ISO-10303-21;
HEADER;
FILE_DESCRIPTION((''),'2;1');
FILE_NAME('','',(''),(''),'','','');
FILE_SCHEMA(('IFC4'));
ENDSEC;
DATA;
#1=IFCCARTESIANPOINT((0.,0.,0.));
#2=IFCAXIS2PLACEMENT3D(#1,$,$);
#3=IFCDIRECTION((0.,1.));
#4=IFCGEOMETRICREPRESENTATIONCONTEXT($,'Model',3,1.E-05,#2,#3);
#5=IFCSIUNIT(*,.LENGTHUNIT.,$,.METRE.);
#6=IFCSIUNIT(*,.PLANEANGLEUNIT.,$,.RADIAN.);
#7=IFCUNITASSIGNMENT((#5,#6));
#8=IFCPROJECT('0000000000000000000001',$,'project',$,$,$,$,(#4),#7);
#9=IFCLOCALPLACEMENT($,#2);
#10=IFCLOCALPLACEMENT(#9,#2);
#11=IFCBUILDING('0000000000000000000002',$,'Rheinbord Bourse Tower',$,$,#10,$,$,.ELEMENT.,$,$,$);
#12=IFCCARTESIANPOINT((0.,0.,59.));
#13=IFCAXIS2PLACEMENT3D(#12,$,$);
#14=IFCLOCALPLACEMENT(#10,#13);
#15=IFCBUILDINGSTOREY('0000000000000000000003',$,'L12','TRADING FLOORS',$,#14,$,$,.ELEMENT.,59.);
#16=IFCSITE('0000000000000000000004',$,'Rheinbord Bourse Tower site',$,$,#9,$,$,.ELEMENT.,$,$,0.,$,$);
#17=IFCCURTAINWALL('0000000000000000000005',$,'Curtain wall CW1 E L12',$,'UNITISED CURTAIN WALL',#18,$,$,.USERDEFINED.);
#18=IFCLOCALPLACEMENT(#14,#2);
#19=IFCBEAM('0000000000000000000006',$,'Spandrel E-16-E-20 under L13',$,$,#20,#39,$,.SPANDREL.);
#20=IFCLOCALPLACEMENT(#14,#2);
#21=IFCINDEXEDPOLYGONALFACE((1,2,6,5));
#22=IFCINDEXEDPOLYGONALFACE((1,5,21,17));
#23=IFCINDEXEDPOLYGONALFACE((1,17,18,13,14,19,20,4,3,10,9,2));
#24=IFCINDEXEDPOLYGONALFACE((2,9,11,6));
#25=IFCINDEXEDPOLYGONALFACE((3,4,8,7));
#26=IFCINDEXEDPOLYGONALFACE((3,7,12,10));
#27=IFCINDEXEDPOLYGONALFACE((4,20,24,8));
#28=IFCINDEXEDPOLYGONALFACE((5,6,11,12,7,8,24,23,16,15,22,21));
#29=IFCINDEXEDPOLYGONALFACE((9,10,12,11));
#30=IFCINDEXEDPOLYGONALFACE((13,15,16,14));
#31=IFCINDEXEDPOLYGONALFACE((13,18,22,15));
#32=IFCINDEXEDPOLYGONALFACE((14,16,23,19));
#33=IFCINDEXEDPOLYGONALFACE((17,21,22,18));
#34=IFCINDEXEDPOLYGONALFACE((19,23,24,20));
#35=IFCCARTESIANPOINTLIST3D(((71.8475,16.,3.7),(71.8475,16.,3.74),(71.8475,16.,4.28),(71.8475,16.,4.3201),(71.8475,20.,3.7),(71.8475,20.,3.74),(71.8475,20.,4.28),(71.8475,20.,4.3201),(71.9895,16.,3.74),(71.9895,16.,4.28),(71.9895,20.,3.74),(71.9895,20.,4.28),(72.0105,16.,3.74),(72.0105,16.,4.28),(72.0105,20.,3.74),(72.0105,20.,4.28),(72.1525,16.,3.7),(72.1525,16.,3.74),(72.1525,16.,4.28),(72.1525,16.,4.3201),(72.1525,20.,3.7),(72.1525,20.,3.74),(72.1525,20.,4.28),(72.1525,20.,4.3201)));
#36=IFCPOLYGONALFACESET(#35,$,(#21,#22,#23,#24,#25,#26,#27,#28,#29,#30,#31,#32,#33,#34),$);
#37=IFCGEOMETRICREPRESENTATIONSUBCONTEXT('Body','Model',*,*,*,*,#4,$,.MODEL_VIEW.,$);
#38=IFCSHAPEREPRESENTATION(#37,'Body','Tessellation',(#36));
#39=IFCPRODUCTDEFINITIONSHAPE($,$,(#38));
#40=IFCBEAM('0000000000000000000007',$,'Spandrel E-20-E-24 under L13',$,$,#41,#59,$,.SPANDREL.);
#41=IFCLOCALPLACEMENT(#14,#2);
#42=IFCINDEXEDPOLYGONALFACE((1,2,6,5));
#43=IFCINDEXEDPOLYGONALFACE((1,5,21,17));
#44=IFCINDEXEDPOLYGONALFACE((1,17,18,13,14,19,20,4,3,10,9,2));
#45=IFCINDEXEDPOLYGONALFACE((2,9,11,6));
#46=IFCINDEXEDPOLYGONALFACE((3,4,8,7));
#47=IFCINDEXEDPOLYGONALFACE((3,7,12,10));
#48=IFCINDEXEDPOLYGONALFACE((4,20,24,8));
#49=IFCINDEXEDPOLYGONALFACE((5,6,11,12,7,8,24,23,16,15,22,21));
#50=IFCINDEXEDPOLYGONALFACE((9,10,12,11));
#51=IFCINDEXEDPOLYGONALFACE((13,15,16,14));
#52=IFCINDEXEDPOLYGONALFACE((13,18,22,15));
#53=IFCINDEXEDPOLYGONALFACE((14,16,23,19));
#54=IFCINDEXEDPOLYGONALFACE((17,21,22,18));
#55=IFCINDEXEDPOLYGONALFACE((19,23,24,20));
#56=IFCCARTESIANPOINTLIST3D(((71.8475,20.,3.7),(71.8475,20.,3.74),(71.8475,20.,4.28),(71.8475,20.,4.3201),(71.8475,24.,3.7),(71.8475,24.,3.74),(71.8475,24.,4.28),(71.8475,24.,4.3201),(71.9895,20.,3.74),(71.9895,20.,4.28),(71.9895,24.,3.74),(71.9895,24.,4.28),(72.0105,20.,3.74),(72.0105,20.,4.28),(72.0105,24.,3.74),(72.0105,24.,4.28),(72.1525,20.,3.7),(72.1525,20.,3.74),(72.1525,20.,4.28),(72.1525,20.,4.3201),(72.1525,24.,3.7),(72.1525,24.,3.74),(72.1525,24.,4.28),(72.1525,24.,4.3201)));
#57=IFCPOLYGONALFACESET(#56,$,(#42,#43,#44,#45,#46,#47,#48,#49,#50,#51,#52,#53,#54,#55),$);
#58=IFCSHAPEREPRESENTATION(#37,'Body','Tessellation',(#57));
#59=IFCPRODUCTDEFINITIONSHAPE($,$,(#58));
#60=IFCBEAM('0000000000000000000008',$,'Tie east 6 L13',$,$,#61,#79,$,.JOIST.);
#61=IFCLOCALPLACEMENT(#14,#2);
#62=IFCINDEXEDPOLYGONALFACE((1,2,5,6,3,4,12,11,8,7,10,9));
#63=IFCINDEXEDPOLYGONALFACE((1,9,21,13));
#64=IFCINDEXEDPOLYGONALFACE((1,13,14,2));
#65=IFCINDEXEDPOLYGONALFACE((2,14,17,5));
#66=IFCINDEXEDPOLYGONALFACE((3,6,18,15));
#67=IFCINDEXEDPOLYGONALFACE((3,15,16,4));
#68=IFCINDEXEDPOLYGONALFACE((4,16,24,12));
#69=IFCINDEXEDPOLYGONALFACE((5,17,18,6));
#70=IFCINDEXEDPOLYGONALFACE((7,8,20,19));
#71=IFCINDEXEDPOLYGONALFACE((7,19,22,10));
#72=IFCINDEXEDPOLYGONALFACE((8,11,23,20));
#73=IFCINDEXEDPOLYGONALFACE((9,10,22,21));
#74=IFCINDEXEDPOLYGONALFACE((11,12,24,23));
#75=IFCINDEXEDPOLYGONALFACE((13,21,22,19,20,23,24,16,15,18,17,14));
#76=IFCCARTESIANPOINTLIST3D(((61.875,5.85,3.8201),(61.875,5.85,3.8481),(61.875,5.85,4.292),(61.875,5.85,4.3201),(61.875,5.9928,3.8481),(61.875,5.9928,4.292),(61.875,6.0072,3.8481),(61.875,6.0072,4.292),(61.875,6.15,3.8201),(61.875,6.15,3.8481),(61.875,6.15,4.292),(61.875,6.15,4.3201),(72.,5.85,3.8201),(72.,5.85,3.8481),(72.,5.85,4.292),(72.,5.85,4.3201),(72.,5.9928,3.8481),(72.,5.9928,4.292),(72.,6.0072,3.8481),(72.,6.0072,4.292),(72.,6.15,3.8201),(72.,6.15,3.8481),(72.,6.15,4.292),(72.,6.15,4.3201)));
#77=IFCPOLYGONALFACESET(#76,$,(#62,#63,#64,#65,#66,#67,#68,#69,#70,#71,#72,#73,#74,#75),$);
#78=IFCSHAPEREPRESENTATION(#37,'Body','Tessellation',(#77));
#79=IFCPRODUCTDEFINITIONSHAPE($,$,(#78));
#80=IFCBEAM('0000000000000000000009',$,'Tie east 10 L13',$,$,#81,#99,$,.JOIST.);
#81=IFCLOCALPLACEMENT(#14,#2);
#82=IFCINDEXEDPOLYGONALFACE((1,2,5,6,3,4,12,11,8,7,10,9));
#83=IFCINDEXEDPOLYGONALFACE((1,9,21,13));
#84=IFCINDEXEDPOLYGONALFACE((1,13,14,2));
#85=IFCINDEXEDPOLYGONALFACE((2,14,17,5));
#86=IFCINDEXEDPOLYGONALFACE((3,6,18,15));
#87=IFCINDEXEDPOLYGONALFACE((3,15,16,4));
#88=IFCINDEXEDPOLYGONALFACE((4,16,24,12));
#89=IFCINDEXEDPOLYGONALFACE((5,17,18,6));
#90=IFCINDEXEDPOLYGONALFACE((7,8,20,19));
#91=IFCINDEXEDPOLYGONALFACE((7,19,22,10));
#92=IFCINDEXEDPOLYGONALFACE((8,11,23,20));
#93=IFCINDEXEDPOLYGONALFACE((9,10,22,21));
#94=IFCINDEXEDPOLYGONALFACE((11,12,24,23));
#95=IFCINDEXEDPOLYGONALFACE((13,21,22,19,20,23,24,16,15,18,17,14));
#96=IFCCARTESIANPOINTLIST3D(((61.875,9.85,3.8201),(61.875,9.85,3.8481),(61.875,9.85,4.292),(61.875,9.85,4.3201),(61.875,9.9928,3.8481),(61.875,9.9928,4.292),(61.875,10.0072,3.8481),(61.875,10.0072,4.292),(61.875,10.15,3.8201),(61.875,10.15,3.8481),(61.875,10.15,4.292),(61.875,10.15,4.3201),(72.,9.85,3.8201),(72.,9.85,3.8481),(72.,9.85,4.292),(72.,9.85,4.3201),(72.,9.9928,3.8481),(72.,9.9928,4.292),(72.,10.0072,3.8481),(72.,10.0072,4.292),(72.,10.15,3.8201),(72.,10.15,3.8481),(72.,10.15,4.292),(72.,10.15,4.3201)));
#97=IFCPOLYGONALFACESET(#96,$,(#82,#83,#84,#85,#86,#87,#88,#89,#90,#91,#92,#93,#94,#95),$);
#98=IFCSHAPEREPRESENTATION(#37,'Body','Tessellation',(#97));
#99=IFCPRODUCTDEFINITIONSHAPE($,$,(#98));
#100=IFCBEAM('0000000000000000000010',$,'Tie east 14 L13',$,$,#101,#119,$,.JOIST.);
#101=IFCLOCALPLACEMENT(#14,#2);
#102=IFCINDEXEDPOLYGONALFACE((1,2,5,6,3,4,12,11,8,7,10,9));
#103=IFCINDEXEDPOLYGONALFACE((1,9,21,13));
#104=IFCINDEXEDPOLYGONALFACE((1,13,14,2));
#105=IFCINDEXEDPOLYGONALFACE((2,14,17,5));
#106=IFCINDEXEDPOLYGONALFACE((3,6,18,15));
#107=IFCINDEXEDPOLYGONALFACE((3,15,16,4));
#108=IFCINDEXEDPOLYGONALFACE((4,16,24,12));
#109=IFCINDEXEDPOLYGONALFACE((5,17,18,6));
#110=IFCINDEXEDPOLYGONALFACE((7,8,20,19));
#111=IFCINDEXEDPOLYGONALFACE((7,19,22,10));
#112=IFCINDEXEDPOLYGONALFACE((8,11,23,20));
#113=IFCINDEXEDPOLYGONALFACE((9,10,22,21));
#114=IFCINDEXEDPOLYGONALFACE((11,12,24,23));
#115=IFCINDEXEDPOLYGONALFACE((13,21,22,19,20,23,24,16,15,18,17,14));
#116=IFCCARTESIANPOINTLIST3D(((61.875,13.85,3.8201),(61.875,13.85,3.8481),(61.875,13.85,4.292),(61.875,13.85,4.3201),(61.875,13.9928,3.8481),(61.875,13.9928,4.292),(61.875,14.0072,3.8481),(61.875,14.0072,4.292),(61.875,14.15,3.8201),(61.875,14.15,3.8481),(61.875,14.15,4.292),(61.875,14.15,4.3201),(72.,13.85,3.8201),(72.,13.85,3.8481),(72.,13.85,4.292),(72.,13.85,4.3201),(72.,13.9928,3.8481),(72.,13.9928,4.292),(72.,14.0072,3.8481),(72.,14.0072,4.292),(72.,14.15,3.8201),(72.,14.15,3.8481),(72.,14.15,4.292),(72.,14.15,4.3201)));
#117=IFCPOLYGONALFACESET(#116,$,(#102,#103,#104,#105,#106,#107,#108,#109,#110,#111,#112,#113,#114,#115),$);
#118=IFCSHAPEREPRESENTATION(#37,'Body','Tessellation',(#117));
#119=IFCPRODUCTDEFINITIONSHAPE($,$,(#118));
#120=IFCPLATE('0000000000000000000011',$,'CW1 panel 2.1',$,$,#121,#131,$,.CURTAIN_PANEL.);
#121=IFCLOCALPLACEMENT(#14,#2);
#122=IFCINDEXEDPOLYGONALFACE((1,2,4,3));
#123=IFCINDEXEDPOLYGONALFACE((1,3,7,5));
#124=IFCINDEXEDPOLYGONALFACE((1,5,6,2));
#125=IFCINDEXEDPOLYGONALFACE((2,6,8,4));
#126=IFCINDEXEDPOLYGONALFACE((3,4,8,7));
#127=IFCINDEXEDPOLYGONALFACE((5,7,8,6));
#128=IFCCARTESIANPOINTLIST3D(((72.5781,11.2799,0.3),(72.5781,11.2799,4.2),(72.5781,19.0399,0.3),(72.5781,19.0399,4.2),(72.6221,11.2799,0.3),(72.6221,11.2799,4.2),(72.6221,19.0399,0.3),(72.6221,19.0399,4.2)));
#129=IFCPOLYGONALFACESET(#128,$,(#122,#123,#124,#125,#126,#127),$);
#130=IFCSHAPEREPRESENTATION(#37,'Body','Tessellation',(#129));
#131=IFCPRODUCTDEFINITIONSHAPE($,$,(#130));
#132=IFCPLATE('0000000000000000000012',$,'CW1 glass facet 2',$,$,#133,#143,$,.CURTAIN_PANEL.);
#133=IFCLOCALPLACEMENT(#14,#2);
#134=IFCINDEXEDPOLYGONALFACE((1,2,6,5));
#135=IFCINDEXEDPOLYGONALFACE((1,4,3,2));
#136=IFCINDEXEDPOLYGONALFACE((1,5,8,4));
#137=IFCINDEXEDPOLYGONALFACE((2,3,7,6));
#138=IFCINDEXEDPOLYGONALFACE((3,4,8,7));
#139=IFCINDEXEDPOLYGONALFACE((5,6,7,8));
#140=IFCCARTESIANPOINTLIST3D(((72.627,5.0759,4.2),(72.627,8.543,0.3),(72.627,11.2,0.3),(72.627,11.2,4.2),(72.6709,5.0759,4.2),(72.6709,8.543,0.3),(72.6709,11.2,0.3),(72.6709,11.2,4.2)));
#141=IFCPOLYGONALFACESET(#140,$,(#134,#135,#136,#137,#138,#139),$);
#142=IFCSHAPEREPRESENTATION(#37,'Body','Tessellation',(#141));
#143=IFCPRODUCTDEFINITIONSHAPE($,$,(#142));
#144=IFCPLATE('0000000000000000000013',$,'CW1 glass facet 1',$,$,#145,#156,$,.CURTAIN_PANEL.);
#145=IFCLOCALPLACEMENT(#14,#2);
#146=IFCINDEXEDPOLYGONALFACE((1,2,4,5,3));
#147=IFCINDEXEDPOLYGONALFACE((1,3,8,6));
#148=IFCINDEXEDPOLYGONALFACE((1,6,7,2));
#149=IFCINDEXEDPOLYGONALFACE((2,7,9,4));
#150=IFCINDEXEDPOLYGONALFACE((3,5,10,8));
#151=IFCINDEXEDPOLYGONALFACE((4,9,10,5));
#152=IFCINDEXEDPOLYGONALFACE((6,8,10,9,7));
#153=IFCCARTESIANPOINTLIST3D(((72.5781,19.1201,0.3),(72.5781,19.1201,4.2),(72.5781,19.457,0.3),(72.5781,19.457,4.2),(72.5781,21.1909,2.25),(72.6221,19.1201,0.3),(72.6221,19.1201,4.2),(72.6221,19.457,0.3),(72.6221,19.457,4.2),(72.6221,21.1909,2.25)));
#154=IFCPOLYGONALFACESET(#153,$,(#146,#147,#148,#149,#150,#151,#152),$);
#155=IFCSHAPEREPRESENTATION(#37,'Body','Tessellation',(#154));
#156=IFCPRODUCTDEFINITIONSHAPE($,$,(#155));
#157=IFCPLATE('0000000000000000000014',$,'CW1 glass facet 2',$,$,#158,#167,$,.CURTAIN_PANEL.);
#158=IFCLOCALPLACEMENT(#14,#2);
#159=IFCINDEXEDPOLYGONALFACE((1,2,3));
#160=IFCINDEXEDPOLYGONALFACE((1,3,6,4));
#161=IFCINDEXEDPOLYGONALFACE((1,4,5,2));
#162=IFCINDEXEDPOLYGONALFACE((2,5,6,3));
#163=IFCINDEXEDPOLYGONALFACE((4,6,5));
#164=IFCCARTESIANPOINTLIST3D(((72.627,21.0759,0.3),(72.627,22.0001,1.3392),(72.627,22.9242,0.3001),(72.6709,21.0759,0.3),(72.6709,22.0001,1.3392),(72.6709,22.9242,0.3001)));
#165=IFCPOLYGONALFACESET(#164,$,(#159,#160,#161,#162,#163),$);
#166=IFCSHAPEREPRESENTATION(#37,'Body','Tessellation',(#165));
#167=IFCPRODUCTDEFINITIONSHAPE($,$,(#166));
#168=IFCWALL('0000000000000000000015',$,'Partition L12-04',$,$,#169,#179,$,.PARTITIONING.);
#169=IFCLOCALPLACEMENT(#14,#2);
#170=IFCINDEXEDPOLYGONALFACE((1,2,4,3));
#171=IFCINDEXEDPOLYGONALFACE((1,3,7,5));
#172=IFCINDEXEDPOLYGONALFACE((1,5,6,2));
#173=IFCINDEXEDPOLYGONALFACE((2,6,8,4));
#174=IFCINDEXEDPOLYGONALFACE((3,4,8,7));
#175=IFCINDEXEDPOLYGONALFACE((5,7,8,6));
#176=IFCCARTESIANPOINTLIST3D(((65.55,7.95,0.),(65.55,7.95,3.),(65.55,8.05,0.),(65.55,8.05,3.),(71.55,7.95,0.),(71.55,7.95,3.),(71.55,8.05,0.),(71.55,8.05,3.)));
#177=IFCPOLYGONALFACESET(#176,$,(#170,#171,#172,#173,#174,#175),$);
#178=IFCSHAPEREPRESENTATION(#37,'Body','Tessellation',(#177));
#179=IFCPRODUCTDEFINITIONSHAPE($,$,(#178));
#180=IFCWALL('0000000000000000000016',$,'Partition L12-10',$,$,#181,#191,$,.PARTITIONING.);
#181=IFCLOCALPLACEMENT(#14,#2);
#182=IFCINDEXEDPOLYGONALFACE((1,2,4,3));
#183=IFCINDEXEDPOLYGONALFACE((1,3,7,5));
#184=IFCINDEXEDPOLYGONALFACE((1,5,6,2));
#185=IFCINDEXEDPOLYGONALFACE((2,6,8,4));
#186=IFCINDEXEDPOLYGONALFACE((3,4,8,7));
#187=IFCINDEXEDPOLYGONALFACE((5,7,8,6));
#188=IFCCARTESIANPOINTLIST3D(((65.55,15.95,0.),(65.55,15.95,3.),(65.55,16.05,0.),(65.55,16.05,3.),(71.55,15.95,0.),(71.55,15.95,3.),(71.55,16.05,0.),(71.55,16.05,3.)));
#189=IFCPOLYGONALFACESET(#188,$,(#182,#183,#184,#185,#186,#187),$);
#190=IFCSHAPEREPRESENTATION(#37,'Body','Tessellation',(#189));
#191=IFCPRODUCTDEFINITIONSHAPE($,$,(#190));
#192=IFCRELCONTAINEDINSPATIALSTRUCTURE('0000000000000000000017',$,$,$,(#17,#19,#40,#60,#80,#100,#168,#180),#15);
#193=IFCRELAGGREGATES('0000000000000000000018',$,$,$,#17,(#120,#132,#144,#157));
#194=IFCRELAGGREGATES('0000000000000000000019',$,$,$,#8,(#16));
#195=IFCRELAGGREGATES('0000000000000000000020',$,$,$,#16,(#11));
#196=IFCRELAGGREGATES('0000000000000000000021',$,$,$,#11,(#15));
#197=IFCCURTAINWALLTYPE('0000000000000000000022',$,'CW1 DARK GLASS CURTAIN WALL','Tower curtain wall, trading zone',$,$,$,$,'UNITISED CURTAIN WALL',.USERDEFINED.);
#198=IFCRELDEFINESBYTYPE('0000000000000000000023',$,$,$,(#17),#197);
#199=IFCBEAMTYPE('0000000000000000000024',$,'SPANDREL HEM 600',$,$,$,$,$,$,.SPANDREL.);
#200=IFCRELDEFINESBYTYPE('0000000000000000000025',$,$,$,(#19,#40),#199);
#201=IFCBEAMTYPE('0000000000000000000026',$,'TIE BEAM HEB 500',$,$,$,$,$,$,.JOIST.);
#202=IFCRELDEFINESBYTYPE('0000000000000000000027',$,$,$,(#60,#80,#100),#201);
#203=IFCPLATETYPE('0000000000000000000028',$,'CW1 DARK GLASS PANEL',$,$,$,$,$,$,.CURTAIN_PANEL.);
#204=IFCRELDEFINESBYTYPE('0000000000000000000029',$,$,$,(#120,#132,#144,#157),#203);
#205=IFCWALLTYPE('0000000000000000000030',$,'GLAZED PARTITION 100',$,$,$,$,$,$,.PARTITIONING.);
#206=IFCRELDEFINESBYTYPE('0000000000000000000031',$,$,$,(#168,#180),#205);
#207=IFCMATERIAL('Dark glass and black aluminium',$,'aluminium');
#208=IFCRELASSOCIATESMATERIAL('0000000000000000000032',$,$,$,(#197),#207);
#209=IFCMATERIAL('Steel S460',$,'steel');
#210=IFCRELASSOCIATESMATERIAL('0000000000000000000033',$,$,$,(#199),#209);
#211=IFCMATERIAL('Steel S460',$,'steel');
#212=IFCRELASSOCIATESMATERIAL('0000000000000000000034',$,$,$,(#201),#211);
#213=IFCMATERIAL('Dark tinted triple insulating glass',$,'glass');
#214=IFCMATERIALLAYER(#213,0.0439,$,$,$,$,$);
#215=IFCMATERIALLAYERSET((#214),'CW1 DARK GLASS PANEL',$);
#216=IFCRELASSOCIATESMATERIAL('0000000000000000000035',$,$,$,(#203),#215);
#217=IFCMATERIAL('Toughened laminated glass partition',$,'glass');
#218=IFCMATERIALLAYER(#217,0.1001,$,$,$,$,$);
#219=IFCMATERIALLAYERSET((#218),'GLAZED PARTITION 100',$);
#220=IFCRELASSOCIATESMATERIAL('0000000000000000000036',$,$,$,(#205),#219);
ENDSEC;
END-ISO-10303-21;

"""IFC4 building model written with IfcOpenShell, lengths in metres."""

from ifc_helpers import new_model, si_unit, direction, frame, frame_2d, origin, origin_2d, place, context, subcontext, project, spatial, polyline, rectangle, i_section, outline, extrude, material, layer, layer_set, material_profile, profile_set, type_object, element, aggregate, save


model = new_model("IFC4")

# Units and contexts
model_context = context("Model", 3, precision=1e-05, world=origin(), true_north=direction((0.0, 1.0)))
body_context = subcontext(model_context, "Body", "Model", "MODEL_VIEW")
ifc_project = project(units=[si_unit("LENGTHUNIT", "METRE"), si_unit("PLANEANGLEUNIT", "RADIAN")], contexts=[model_context])

# Site, building, storey
site_placement = place(None, origin())
site = spatial("IfcSite", under=ifc_project, at=site_placement, Name="Rheinbord Bourse Tower site", CompositionType="ELEMENT", RefElevation=0.0)
building_placement = place(site_placement, origin())
building = spatial("IfcBuilding", under=site, at=building_placement, Name="Rheinbord Bourse Tower", CompositionType="ELEMENT")
storey_placement = place(building_placement, frame((0.0, 0.0, 59.0)))
storey = spatial("IfcBuildingStorey", under=building, at=storey_placement, Name="L12", Description="TRADING FLOORS", CompositionType="ELEMENT", Elevation=59.0)

# Curtain wall
ifc_material_1 = material(Name="Dark glass and black aluminium", Category="aluminium")
curtain_wall_type = type_object("IfcCurtainWallType", Name="CW1 DARK GLASS CURTAIN WALL", Description="Tower curtain wall, trading zone", ElementType="UNITISED CURTAIN WALL", PredefinedType="USERDEFINED", material=ifc_material_1)
curtain_wall_placement = place(storey_placement, origin())
curtain_wall = element("IfcCurtainWall", 1, at=curtain_wall_placement, inside=storey, type_object=curtain_wall_type, Name="Curtain wall CW1 E L12", ObjectType="UNITISED CURTAIN WALL", PredefinedType="USERDEFINED")

# Beams
ifc_material_2 = material(Name="Steel S460", Category="steel")
ifc_material_profile_1 = material_profile(ifc_material_2, i_section(OverallWidth=0.3049, OverallDepth=0.6201, WebThickness=0.021, FlangeThickness=0.04, at=origin_2d()), Name="HEM 600")
ifc_profile_set_1 = profile_set([ifc_material_profile_1], Name="Steel S460")
beam_type_1 = type_object("IfcBeamType", Name="SPANDREL HEM 600", PredefinedType="SPANDREL", material=ifc_profile_set_1)
for number, where, z_axis, x_axis, name in (
    (2, (72.0, 16.0, 4.01), (0.0, 1.0, 0.0), (-1.0, 0.0, 0.0), "Spandrel E-16-E-20 under L13"),
    (3, (72.0, 20.0, 4.01), (0.0, 1.0, 0.0), (-1.0, 0.0, 0.0), "Spandrel E-20-E-24 under L13"),
):
    element("IfcBeam", number, at=place(storey_placement, frame(where, z_axis=z_axis, x_axis=x_axis)), inside=storey, type_object=beam_type_1, Name=name, PredefinedType="SPANDREL", context=body_context, shape_type="SweptSolid", body=[
        extrude(i_section(OverallWidth=0.3049, OverallDepth=0.6201, WebThickness=0.021, FlangeThickness=0.04, at=origin_2d()), origin(), (0.0, 0.0, 1.0), 4.0),
    ])
ifc_material_3 = material(Name="Steel S460", Category="steel")
ifc_material_profile_2 = material_profile(ifc_material_3, i_section(OverallWidth=0.3, OverallDepth=0.5, WebThickness=0.0144, FlangeThickness=0.0281, at=origin_2d()), Name="HEB 500")
ifc_profile_set_2 = profile_set([ifc_material_profile_2], Name="Steel S460")
beam_type_2 = type_object("IfcBeamType", Name="TIE BEAM HEB 500", PredefinedType="JOIST", material=ifc_profile_set_2)
for number, where, z_axis, x_axis, name in (
    (4, (61.875, 6.0, 4.0701), (1.0, 0.0, 0.0), (0.0, 1.0, 0.0), "Tie east 6 L13"),
    (5, (61.875, 10.0, 4.0701), (1.0, 0.0, 0.0), (0.0, 1.0, 0.0), "Tie east 10 L13"),
    (6, (61.875, 14.0, 4.0701), (1.0, 0.0, 0.0), (0.0, 1.0, 0.0), "Tie east 14 L13"),
):
    element("IfcBeam", number, at=place(storey_placement, frame(where, z_axis=z_axis, x_axis=x_axis)), inside=storey, type_object=beam_type_2, Name=name, PredefinedType="JOIST", context=body_context, shape_type="SweptSolid", body=[
        extrude(i_section(OverallWidth=0.3, OverallDepth=0.5, WebThickness=0.0144, FlangeThickness=0.0281, at=origin_2d()), origin(), (0.0, 0.0, 1.0), 10.125),
    ])

# Plates
ifc_material_4 = material(Name="Dark tinted triple insulating glass", Category="glass")
ifc_layer_1 = layer(ifc_material_4, 0.0439)
ifc_layer_set_1 = layer_set([ifc_layer_1], Name="CW1 DARK GLASS PANEL")
plate_type = type_object("IfcPlateType", Name="CW1 DARK GLASS PANEL", PredefinedType="CURTAIN_PANEL", material=ifc_layer_set_1)
plate_1_placement = place(storey_placement, frame((72.6001, 15.1599, 0.3), z_axis=(0.0, 0.0, 1.0), x_axis=(0.0, 1.0, 0.0)))
plate_1 = element("IfcPlate", 7, at=plate_1_placement, type_object=plate_type, Name="CW1 panel 2.1", PredefinedType="CURTAIN_PANEL", context=body_context, shape_type="SweptSolid", body=[
    extrude(rectangle(XDim=7.76, YDim=0.0439, at=origin_2d()), origin(), (0.0, 0.0, 1.0), 3.8999),
])
plate_2_placement = place(storey_placement, frame((72.6709, 11.2, 4.2), z_axis=(-1.0, 0.0, 0.0), x_axis=(0.0, 0.0, -1.0)))
plate_2 = element("IfcPlate", 8, at=plate_2_placement, type_object=plate_type, Name="CW1 glass facet 2", PredefinedType="CURTAIN_PANEL", context=body_context, shape_type="SweptSolid", body=[
    extrude(outline(polyline([(0.0, 0.0), (3.8999, 0.0), (3.8999, 2.657), (0.0, 6.124), (0.0, 0.0)])), origin(), (0.0, 0.0, 1.0), 0.0439),
])
plate_3_placement = place(storey_placement, frame((72.6221, 19.1201, 0.3), z_axis=(-1.0, 0.0, 0.0), x_axis=(0.0, 0.0, 1.0)))
plate_3 = element("IfcPlate", 9, at=plate_3_placement, type_object=plate_type, Name="CW1 glass facet 1", PredefinedType="CURTAIN_PANEL", context=body_context, shape_type="SweptSolid", body=[
    extrude(outline(polyline([(0.0, 0.0), (3.8999, 0.0), (3.8999, 0.3369), (1.95, 2.0708), (0.0, 0.3369), (0.0, 0.0)])), origin(), (0.0, 0.0, 1.0), 0.0439),
])
plate_4_placement = place(storey_placement, frame((72.6709, 21.0759, 0.3), z_axis=(-1.0, 0.0, 0.0), x_axis=(0.0, 0.664549, 0.747245)))
plate_4 = element("IfcPlate", 10, at=plate_4_placement, type_object=plate_type, Name="CW1 glass facet 2", PredefinedType="CURTAIN_PANEL", context=body_context, shape_type="SweptSolid", body=[
    extrude(outline(polyline([(0.0, 0.0), (1.3906, 0.0), (1.2283, 1.3811), (0.0, 0.0)])), origin(), (0.0, 0.0, 1.0), 0.0439),
])
aggregate(curtain_wall, [plate_1, plate_2, plate_3, plate_4])

# Walls
ifc_material_5 = material(Name="Toughened laminated glass partition", Category="glass")
ifc_layer_2 = layer(ifc_material_5, 0.1001)
ifc_layer_set_2 = layer_set([ifc_layer_2], Name="GLAZED PARTITION 100")
wall_type_1 = type_object("IfcWallType", Name="GLAZED PARTITION 100", PredefinedType="PARTITIONING", material=ifc_layer_set_2)
for number, where, z_axis, x_axis, name in (
    (11, (65.55, 8.0, 0.0), (0.0, 0.0, 1.0), (1.0, 0.0, 0.0), "Partition L12-04"),
    (12, (65.55, 16.0, 0.0), (0.0, 0.0, 1.0), (1.0, 0.0, 0.0), "Partition L12-10"),
):
    element("IfcWall", number, at=place(storey_placement, frame(where, z_axis=z_axis, x_axis=x_axis)), inside=storey, type_object=wall_type_1, Name=name, PredefinedType="PARTITIONING", context=body_context, shape_type="SweptSolid", body=[
        extrude(rectangle(XDim=6.0, YDim=0.1001, at=frame_2d((3.0, 0.0))), origin(), (0.0, 0.0, 1.0), 3.0),
    ])

save(model, "model.ifc")
